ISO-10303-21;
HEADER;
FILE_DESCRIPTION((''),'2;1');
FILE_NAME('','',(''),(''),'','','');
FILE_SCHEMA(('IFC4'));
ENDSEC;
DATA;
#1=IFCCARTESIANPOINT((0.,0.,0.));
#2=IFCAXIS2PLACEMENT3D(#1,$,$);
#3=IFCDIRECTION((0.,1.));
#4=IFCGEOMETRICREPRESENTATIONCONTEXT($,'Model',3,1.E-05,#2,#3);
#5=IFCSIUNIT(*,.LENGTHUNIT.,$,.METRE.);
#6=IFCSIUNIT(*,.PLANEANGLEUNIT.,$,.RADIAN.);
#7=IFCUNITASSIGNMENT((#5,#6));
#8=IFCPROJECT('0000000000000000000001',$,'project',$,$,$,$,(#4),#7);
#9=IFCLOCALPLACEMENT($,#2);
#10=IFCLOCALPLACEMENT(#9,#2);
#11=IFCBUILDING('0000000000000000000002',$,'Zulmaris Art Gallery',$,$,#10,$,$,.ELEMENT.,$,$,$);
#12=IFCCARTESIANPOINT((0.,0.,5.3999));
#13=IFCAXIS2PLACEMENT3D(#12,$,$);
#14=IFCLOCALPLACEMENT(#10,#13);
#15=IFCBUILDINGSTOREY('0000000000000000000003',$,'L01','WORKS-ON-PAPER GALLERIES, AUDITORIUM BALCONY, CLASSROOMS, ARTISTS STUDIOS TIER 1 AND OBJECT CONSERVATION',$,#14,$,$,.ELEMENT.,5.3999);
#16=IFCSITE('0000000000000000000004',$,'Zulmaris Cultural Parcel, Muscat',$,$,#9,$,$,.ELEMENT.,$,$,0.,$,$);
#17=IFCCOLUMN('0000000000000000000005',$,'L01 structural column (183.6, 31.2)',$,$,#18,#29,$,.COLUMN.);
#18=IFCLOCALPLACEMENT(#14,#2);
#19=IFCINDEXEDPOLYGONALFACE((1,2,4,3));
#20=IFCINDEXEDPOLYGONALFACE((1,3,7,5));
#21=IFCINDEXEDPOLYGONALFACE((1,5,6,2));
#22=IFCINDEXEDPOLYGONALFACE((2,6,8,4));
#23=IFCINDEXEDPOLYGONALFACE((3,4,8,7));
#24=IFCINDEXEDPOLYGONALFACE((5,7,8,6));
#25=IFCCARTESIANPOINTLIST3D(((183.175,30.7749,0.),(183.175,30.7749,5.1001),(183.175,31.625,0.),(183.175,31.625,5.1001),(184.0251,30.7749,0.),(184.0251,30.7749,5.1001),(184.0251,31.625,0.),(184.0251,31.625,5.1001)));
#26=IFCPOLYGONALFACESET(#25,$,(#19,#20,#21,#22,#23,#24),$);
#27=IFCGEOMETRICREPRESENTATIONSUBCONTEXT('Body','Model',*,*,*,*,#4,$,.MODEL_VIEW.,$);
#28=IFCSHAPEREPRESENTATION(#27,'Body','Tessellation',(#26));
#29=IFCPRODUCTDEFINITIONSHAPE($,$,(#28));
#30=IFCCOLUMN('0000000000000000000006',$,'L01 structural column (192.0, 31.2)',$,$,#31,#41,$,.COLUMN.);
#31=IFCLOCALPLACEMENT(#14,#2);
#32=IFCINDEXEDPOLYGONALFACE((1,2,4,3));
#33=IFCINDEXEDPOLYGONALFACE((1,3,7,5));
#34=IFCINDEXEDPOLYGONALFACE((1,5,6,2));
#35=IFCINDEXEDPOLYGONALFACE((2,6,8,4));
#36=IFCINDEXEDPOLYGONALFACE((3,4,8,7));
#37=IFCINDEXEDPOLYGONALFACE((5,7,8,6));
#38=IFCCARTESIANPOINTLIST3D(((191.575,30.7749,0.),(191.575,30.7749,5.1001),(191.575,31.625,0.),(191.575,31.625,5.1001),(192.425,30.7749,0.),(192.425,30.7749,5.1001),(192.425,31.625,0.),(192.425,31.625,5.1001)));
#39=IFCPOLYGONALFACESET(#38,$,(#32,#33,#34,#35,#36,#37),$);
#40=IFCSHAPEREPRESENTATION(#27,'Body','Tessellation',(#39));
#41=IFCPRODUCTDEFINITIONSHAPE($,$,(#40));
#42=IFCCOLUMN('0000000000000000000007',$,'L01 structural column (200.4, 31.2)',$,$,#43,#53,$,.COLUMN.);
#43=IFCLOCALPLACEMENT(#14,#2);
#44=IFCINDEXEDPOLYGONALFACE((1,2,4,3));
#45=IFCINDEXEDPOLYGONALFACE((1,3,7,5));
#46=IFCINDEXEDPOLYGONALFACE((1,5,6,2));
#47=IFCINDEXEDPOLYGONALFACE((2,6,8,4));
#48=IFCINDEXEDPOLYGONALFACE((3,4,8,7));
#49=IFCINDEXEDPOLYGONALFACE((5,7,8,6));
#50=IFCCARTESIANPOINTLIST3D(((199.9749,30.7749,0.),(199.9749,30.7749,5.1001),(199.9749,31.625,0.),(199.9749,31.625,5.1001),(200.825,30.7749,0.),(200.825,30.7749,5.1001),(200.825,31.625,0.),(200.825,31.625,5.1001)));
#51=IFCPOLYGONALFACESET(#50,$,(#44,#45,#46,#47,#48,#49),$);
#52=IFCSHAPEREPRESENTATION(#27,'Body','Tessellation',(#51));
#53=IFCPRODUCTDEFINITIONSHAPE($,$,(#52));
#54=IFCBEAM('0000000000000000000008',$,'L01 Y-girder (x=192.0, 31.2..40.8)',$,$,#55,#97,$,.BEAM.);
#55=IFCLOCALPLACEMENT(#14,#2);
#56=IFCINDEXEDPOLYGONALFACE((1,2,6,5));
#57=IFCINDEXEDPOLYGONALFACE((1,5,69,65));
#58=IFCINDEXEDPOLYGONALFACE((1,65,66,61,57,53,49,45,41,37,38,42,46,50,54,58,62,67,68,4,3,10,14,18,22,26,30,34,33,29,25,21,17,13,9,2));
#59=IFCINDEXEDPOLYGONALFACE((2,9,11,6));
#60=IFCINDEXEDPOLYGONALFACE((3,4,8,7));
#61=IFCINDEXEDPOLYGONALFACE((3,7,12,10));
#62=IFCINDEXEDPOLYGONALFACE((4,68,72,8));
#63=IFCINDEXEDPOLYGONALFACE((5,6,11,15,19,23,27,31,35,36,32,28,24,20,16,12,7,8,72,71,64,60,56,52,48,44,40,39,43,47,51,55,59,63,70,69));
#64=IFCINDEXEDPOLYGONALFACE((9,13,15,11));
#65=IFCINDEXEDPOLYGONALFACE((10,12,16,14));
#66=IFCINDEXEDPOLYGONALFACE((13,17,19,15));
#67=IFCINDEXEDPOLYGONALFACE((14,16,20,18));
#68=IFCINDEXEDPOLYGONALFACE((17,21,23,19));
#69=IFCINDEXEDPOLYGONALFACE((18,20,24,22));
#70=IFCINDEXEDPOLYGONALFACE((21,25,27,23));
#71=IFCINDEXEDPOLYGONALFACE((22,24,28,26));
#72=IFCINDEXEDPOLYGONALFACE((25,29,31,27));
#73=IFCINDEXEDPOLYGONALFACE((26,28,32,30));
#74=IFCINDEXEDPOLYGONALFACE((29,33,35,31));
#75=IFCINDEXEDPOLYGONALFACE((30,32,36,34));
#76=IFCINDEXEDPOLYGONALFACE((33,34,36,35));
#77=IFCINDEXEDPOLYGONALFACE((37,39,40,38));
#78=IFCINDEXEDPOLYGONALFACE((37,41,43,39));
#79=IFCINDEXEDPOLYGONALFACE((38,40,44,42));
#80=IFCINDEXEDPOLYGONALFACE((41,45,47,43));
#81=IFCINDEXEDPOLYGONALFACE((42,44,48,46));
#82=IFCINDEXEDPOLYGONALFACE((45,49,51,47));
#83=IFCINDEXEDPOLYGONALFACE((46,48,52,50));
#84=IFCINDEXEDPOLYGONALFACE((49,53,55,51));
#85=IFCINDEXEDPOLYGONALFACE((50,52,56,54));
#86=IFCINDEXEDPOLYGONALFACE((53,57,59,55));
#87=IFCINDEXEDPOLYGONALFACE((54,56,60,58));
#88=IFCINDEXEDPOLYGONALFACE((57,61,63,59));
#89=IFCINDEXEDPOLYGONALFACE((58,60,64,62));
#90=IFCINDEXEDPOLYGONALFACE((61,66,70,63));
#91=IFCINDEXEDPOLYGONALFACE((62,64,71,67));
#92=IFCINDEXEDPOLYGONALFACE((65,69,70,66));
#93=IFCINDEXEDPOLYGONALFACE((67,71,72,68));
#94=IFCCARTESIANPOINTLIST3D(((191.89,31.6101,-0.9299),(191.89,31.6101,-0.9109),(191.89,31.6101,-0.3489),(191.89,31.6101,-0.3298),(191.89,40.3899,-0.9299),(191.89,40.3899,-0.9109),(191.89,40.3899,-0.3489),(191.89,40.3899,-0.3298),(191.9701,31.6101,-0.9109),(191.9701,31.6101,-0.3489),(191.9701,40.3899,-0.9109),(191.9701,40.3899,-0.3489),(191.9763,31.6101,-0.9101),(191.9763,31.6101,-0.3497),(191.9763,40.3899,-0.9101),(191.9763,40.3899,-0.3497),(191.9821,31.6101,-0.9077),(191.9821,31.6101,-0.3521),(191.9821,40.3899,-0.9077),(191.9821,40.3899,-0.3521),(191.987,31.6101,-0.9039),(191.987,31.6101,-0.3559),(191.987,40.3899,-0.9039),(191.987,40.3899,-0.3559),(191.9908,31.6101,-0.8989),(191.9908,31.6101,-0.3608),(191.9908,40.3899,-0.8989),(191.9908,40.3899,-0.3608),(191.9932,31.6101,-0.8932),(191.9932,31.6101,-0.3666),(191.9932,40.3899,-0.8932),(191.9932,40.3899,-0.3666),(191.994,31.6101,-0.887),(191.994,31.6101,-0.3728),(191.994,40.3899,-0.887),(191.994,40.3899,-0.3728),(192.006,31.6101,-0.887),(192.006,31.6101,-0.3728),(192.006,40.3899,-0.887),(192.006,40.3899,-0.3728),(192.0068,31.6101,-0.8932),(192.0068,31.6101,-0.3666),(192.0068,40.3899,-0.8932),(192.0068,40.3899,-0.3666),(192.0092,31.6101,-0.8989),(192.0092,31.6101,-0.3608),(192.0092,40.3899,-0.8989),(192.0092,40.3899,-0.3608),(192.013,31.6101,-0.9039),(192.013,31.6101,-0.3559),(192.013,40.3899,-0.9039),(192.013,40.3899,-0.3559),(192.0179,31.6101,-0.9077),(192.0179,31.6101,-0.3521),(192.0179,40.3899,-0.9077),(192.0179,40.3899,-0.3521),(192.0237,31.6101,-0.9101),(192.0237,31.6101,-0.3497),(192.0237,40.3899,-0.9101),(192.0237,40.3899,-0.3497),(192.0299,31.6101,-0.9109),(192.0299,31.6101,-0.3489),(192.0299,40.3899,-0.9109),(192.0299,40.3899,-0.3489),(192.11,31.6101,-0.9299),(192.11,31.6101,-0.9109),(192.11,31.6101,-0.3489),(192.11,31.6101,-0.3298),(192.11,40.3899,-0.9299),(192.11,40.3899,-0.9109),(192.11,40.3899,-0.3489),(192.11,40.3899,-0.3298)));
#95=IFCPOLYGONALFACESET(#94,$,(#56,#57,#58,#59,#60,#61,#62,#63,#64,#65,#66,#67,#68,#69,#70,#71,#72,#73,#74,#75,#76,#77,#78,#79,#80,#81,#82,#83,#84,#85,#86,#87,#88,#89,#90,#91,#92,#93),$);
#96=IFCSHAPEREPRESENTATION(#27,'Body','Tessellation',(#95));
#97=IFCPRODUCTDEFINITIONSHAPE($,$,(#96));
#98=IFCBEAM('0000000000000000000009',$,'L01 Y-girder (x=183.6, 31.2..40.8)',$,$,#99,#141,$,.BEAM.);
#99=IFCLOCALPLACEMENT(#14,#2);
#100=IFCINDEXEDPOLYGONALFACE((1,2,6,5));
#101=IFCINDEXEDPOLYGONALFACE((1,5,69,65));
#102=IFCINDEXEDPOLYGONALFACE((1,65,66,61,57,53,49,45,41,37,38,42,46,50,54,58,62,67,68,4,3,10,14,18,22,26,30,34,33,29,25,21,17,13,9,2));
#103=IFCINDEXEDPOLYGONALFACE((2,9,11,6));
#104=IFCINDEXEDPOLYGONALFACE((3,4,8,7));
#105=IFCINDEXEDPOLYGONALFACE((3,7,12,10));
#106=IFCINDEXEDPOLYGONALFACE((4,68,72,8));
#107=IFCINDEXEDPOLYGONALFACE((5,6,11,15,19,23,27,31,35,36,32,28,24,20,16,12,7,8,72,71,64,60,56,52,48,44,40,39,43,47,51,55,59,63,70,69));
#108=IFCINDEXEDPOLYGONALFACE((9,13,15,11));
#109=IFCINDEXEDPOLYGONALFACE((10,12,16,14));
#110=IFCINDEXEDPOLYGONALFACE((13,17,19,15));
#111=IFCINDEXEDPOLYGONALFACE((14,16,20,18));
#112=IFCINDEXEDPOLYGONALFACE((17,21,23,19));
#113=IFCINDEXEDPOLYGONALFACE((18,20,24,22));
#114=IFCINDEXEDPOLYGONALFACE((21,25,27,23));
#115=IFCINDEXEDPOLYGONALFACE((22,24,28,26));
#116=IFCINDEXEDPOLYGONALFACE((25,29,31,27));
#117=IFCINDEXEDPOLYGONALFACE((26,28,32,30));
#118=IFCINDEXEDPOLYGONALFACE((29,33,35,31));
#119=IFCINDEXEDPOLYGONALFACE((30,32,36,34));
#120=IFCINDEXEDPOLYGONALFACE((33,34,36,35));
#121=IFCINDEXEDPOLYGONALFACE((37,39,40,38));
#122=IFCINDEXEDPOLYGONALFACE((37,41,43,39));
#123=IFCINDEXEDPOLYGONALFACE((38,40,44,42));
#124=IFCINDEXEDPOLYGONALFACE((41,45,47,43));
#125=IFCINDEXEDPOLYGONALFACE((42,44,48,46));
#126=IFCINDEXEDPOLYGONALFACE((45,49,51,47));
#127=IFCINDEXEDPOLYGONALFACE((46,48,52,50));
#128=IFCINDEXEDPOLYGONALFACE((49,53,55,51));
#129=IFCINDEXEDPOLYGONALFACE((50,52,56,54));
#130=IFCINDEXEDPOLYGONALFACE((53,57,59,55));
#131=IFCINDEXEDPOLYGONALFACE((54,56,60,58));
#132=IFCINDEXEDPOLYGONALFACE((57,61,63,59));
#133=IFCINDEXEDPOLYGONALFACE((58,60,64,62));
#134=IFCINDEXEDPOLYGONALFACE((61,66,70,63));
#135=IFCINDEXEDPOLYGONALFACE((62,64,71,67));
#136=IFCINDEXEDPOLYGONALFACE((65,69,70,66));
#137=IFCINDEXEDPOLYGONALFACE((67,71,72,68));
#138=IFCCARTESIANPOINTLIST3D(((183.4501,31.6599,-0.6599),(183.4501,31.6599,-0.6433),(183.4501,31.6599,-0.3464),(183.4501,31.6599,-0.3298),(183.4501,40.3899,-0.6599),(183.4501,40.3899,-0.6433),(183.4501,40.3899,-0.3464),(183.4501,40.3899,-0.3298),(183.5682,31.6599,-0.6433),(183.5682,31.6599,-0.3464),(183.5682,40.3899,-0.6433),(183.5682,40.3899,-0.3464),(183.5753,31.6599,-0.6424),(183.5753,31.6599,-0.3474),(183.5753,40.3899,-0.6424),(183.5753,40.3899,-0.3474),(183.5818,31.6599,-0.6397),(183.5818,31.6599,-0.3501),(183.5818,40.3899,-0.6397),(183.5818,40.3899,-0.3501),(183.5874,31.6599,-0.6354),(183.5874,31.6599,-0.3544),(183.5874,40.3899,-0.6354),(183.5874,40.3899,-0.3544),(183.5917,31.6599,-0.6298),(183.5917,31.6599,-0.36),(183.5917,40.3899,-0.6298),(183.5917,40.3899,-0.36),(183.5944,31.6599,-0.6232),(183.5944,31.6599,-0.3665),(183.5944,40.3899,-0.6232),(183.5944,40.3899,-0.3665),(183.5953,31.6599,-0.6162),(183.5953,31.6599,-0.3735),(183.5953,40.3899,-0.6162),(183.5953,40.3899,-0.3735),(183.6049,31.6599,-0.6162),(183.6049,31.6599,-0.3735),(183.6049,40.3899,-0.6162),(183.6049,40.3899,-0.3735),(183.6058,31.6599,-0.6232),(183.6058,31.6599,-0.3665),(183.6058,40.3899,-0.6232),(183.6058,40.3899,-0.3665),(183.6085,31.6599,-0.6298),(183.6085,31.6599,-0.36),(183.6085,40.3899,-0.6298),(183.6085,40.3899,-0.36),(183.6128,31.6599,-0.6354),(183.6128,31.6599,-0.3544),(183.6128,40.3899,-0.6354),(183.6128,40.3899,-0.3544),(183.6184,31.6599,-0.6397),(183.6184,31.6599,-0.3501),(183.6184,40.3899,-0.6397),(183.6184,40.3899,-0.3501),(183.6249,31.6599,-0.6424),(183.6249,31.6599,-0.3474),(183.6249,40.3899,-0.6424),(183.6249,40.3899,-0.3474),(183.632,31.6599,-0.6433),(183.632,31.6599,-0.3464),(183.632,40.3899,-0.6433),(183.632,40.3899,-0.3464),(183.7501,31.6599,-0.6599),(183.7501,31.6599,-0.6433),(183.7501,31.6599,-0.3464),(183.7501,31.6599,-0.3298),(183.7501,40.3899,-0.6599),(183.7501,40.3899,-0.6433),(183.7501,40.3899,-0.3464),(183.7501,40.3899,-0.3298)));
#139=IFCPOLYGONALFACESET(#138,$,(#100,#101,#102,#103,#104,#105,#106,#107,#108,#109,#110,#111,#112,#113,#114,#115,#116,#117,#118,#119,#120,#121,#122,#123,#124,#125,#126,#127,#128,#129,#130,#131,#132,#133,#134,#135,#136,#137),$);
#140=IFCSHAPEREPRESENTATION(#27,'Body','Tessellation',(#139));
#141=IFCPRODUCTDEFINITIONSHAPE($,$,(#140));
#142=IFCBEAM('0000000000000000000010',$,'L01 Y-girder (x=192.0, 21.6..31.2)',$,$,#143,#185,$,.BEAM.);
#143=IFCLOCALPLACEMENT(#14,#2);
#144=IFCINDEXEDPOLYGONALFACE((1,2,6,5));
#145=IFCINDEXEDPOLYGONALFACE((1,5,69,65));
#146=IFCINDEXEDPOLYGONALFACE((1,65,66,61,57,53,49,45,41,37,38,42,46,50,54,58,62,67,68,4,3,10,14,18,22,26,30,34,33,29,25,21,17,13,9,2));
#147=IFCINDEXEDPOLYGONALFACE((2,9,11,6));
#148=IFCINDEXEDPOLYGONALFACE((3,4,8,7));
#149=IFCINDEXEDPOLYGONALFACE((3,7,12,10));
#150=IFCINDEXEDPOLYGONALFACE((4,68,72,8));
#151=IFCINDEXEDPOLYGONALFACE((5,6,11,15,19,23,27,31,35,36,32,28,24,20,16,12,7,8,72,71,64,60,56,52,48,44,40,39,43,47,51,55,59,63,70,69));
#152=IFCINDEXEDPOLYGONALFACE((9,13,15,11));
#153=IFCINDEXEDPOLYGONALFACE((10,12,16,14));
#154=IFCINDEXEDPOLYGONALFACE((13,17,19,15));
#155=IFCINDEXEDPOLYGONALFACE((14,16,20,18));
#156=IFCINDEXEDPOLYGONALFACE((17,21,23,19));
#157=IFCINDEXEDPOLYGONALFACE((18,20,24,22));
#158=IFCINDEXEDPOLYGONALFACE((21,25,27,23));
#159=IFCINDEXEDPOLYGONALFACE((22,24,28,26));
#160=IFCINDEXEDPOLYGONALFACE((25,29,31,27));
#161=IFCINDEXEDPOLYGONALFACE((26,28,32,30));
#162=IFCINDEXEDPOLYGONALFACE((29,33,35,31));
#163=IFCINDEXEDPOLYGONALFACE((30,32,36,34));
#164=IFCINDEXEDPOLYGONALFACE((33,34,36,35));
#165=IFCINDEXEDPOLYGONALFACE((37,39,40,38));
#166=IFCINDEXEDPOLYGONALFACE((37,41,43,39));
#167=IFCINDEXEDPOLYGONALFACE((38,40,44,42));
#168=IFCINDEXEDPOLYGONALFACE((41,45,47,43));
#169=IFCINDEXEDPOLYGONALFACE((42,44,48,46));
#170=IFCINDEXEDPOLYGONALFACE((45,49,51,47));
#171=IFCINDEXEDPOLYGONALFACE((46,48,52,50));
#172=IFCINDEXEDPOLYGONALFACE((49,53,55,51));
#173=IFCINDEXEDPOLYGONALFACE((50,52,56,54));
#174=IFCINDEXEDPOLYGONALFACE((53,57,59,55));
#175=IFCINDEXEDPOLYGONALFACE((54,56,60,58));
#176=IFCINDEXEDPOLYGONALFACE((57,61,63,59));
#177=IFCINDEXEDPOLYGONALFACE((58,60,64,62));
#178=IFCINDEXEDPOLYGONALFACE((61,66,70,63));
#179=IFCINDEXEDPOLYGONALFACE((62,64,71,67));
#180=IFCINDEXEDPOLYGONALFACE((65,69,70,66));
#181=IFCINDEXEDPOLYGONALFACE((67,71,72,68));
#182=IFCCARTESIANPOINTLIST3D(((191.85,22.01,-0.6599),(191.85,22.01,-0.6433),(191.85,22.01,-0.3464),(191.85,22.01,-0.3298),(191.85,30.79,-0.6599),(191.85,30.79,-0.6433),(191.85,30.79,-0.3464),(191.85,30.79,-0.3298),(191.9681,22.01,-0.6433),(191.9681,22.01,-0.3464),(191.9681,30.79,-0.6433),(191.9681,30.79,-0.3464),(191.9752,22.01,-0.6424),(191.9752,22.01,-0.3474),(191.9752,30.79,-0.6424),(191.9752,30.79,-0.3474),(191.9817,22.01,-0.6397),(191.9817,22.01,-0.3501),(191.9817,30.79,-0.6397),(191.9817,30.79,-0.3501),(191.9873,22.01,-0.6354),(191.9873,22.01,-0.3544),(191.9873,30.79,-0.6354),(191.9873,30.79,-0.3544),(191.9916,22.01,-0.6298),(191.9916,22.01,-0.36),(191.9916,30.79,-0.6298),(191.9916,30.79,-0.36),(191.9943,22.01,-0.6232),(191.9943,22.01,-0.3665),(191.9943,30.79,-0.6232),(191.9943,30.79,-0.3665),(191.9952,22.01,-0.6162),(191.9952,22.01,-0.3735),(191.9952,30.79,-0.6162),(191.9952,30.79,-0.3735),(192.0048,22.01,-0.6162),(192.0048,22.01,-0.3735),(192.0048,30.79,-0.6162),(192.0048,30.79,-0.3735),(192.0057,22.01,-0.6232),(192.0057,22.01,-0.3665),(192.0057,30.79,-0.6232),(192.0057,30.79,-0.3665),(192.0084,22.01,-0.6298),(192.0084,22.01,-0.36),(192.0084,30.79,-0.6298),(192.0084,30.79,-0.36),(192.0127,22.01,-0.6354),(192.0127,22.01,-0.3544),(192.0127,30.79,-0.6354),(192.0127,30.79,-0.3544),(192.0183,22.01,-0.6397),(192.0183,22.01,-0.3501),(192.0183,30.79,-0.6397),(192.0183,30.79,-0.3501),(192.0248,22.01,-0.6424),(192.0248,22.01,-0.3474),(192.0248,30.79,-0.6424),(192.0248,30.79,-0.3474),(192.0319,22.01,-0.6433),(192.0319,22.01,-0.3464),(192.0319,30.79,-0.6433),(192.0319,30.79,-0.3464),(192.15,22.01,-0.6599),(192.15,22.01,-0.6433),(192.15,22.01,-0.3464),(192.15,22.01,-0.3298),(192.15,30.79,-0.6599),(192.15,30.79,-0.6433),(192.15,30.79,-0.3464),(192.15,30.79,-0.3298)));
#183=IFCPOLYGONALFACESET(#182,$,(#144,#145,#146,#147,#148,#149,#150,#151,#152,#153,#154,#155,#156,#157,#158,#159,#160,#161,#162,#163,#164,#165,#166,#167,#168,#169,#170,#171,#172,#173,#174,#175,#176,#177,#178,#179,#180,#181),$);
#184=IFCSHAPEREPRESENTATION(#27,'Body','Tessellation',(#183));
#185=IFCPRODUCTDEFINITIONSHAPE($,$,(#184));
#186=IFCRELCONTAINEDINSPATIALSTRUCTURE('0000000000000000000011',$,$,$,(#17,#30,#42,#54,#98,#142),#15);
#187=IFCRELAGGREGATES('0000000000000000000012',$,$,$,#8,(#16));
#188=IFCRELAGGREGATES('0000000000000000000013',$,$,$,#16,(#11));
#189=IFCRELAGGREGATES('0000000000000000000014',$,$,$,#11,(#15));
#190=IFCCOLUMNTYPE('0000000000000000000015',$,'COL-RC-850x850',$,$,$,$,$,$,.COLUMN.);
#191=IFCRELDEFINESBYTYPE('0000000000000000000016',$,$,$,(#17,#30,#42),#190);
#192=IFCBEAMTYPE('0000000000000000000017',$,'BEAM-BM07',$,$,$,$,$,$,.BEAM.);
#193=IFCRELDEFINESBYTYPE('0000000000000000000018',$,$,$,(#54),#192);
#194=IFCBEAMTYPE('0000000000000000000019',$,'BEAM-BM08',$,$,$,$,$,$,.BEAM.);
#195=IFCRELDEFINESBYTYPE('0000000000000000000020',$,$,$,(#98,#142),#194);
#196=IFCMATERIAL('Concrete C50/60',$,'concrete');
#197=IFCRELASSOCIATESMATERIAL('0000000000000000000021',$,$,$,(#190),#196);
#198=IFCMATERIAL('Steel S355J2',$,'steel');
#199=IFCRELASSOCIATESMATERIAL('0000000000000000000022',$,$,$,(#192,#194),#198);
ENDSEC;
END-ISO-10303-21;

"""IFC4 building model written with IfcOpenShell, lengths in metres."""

from ifc_helpers import new_model, si_unit, direction, frame, origin, origin_2d, place, context, subcontext, project, spatial, rectangle, i_section, extrude, material, material_profile, profile_set, type_object, element, save


model = new_model("IFC4")

# Units and contexts
model_context = context("Model", 3, precision=1e-05, world=origin(), true_north=direction((0.0, 1.0)))
body_context = subcontext(model_context, "Body", "Model", "MODEL_VIEW")
ifc_project = project(units=[si_unit("LENGTHUNIT", "METRE"), si_unit("PLANEANGLEUNIT", "RADIAN")], contexts=[model_context])

# Site, building, storey
site_placement = place(None, origin())
site = spatial("IfcSite", under=ifc_project, at=site_placement, Name="Zulmaris Cultural Parcel, Muscat", CompositionType="ELEMENT", RefElevation=0.0)
building_placement = place(site_placement, origin())
building = spatial("IfcBuilding", under=site, at=building_placement, Name="Zulmaris Art Gallery", CompositionType="ELEMENT")
storey_placement = place(building_placement, frame((0.0, 0.0, 5.3999)))
storey = spatial("IfcBuildingStorey", under=building, at=storey_placement, Name="L01", Description="WORKS-ON-PAPER GALLERIES, AUDITORIUM BALCONY, CLASSROOMS, ARTISTS STUDIOS TIER 1 AND OBJECT CONSERVATION", CompositionType="ELEMENT", Elevation=5.3999)

# Columns
ifc_material_1 = material(Name="Concrete C50/60", Category="concrete")
ifc_material_profile_1 = material_profile(ifc_material_1, rectangle(XDim=0.8501, YDim=0.8501, at=origin_2d()), Name="RC 850x850")
ifc_profile_set_1 = profile_set([ifc_material_profile_1], Name="Concrete C50/60")
column_type = type_object("IfcColumnType", Name="COL-RC-850x850", PredefinedType="COLUMN", material=ifc_profile_set_1)
for number, where, z_axis, x_axis, name in (
    (1, (183.6001, 31.2, 0.0), (0.0, 0.0, 1.0), (1.0, 0.0, 0.0), "L01 structural column (183.6, 31.2)"),
    (2, (192.0, 31.2, 0.0), (0.0, 0.0, 1.0), (1.0, 0.0, 0.0), "L01 structural column (192.0, 31.2)"),
    (3, (200.3999, 31.2, 0.0), (0.0, 0.0, 1.0), (1.0, 0.0, 0.0), "L01 structural column (200.4, 31.2)"),
):
    element("IfcColumn", number, at=place(storey_placement, frame(where, z_axis=z_axis, x_axis=x_axis)), inside=storey, type_object=column_type, Name=name, PredefinedType="COLUMN", context=body_context, shape_type="SweptSolid", body=[
        extrude(rectangle(XDim=0.8501, YDim=0.8501, at=origin_2d()), origin(), (0.0, 0.0, 1.0), 5.1001),
    ])

# Beams
ifc_material_2 = material(Name="Steel S355J2", Category="steel")
ifc_material_profile_2 = material_profile(ifc_material_2, i_section(OverallWidth=0.22, OverallDepth=0.6001, WebThickness=0.012, FlangeThickness=0.019, FilletRadius=0.0239, at=origin_2d()), Name="IPE 600")
ifc_profile_set_2 = profile_set([ifc_material_profile_2], Name="Steel S355J2")
beam_type_1 = type_object("IfcBeamType", Name="BEAM-BM07", PredefinedType="BEAM", material=ifc_profile_set_2)
beam_1_placement = place(storey_placement, frame((192.0, 31.6101, -0.6299), z_axis=(0.0, 1.0, 0.0), x_axis=(-1.0, 0.0, 0.0)))
element("IfcBeam", 4, at=beam_1_placement, inside=storey, type_object=beam_type_1, Name="L01 Y-girder (x=192.0, 31.2..40.8)", PredefinedType="BEAM", context=body_context, shape_type="SweptSolid", body=[
    extrude(i_section(OverallWidth=0.22, OverallDepth=0.6001, WebThickness=0.012, FlangeThickness=0.019, FilletRadius=0.0239, at=origin_2d()), origin(), (0.0, 0.0, 1.0), 8.7798),
])
ifc_material_profile_3 = material_profile(ifc_material_2, i_section(OverallWidth=0.3, OverallDepth=0.3301, WebThickness=0.0095, FlangeThickness=0.0166, FilletRadius=0.0271, at=origin_2d()), Name="HEA 340")
ifc_profile_set_3 = profile_set([ifc_material_profile_3], Name="Steel S355J2")
beam_type_2 = type_object("IfcBeamType", Name="BEAM-BM08", PredefinedType="BEAM", material=ifc_profile_set_3)
beam_2_placement = place(storey_placement, frame((183.6001, 31.6599, -0.4949), z_axis=(0.0, 1.0, 0.0), x_axis=(-1.0, 0.0, 0.0)))
element("IfcBeam", 5, at=beam_2_placement, inside=storey, type_object=beam_type_2, Name="L01 Y-girder (x=183.6, 31.2..40.8)", PredefinedType="BEAM", context=body_context, shape_type="SweptSolid", body=[
    extrude(i_section(OverallWidth=0.3, OverallDepth=0.3301, WebThickness=0.0095, FlangeThickness=0.0166, FilletRadius=0.0271, at=origin_2d()), origin(), (0.0, 0.0, 1.0), 8.73),
])
beam_3_placement = place(storey_placement, frame((192.0, 22.01, -0.4949), z_axis=(0.0, 1.0, 0.0), x_axis=(-1.0, 0.0, 0.0)))
element("IfcBeam", 6, at=beam_3_placement, inside=storey, type_object=beam_type_2, Name="L01 Y-girder (x=192.0, 21.6..31.2)", PredefinedType="BEAM", context=body_context, shape_type="SweptSolid", body=[
    extrude(i_section(OverallWidth=0.3, OverallDepth=0.3301, WebThickness=0.0095, FlangeThickness=0.0166, FilletRadius=0.0271, at=origin_2d()), origin(), (0.0, 0.0, 1.0), 8.78),
])

save(model, "model.ifc")
